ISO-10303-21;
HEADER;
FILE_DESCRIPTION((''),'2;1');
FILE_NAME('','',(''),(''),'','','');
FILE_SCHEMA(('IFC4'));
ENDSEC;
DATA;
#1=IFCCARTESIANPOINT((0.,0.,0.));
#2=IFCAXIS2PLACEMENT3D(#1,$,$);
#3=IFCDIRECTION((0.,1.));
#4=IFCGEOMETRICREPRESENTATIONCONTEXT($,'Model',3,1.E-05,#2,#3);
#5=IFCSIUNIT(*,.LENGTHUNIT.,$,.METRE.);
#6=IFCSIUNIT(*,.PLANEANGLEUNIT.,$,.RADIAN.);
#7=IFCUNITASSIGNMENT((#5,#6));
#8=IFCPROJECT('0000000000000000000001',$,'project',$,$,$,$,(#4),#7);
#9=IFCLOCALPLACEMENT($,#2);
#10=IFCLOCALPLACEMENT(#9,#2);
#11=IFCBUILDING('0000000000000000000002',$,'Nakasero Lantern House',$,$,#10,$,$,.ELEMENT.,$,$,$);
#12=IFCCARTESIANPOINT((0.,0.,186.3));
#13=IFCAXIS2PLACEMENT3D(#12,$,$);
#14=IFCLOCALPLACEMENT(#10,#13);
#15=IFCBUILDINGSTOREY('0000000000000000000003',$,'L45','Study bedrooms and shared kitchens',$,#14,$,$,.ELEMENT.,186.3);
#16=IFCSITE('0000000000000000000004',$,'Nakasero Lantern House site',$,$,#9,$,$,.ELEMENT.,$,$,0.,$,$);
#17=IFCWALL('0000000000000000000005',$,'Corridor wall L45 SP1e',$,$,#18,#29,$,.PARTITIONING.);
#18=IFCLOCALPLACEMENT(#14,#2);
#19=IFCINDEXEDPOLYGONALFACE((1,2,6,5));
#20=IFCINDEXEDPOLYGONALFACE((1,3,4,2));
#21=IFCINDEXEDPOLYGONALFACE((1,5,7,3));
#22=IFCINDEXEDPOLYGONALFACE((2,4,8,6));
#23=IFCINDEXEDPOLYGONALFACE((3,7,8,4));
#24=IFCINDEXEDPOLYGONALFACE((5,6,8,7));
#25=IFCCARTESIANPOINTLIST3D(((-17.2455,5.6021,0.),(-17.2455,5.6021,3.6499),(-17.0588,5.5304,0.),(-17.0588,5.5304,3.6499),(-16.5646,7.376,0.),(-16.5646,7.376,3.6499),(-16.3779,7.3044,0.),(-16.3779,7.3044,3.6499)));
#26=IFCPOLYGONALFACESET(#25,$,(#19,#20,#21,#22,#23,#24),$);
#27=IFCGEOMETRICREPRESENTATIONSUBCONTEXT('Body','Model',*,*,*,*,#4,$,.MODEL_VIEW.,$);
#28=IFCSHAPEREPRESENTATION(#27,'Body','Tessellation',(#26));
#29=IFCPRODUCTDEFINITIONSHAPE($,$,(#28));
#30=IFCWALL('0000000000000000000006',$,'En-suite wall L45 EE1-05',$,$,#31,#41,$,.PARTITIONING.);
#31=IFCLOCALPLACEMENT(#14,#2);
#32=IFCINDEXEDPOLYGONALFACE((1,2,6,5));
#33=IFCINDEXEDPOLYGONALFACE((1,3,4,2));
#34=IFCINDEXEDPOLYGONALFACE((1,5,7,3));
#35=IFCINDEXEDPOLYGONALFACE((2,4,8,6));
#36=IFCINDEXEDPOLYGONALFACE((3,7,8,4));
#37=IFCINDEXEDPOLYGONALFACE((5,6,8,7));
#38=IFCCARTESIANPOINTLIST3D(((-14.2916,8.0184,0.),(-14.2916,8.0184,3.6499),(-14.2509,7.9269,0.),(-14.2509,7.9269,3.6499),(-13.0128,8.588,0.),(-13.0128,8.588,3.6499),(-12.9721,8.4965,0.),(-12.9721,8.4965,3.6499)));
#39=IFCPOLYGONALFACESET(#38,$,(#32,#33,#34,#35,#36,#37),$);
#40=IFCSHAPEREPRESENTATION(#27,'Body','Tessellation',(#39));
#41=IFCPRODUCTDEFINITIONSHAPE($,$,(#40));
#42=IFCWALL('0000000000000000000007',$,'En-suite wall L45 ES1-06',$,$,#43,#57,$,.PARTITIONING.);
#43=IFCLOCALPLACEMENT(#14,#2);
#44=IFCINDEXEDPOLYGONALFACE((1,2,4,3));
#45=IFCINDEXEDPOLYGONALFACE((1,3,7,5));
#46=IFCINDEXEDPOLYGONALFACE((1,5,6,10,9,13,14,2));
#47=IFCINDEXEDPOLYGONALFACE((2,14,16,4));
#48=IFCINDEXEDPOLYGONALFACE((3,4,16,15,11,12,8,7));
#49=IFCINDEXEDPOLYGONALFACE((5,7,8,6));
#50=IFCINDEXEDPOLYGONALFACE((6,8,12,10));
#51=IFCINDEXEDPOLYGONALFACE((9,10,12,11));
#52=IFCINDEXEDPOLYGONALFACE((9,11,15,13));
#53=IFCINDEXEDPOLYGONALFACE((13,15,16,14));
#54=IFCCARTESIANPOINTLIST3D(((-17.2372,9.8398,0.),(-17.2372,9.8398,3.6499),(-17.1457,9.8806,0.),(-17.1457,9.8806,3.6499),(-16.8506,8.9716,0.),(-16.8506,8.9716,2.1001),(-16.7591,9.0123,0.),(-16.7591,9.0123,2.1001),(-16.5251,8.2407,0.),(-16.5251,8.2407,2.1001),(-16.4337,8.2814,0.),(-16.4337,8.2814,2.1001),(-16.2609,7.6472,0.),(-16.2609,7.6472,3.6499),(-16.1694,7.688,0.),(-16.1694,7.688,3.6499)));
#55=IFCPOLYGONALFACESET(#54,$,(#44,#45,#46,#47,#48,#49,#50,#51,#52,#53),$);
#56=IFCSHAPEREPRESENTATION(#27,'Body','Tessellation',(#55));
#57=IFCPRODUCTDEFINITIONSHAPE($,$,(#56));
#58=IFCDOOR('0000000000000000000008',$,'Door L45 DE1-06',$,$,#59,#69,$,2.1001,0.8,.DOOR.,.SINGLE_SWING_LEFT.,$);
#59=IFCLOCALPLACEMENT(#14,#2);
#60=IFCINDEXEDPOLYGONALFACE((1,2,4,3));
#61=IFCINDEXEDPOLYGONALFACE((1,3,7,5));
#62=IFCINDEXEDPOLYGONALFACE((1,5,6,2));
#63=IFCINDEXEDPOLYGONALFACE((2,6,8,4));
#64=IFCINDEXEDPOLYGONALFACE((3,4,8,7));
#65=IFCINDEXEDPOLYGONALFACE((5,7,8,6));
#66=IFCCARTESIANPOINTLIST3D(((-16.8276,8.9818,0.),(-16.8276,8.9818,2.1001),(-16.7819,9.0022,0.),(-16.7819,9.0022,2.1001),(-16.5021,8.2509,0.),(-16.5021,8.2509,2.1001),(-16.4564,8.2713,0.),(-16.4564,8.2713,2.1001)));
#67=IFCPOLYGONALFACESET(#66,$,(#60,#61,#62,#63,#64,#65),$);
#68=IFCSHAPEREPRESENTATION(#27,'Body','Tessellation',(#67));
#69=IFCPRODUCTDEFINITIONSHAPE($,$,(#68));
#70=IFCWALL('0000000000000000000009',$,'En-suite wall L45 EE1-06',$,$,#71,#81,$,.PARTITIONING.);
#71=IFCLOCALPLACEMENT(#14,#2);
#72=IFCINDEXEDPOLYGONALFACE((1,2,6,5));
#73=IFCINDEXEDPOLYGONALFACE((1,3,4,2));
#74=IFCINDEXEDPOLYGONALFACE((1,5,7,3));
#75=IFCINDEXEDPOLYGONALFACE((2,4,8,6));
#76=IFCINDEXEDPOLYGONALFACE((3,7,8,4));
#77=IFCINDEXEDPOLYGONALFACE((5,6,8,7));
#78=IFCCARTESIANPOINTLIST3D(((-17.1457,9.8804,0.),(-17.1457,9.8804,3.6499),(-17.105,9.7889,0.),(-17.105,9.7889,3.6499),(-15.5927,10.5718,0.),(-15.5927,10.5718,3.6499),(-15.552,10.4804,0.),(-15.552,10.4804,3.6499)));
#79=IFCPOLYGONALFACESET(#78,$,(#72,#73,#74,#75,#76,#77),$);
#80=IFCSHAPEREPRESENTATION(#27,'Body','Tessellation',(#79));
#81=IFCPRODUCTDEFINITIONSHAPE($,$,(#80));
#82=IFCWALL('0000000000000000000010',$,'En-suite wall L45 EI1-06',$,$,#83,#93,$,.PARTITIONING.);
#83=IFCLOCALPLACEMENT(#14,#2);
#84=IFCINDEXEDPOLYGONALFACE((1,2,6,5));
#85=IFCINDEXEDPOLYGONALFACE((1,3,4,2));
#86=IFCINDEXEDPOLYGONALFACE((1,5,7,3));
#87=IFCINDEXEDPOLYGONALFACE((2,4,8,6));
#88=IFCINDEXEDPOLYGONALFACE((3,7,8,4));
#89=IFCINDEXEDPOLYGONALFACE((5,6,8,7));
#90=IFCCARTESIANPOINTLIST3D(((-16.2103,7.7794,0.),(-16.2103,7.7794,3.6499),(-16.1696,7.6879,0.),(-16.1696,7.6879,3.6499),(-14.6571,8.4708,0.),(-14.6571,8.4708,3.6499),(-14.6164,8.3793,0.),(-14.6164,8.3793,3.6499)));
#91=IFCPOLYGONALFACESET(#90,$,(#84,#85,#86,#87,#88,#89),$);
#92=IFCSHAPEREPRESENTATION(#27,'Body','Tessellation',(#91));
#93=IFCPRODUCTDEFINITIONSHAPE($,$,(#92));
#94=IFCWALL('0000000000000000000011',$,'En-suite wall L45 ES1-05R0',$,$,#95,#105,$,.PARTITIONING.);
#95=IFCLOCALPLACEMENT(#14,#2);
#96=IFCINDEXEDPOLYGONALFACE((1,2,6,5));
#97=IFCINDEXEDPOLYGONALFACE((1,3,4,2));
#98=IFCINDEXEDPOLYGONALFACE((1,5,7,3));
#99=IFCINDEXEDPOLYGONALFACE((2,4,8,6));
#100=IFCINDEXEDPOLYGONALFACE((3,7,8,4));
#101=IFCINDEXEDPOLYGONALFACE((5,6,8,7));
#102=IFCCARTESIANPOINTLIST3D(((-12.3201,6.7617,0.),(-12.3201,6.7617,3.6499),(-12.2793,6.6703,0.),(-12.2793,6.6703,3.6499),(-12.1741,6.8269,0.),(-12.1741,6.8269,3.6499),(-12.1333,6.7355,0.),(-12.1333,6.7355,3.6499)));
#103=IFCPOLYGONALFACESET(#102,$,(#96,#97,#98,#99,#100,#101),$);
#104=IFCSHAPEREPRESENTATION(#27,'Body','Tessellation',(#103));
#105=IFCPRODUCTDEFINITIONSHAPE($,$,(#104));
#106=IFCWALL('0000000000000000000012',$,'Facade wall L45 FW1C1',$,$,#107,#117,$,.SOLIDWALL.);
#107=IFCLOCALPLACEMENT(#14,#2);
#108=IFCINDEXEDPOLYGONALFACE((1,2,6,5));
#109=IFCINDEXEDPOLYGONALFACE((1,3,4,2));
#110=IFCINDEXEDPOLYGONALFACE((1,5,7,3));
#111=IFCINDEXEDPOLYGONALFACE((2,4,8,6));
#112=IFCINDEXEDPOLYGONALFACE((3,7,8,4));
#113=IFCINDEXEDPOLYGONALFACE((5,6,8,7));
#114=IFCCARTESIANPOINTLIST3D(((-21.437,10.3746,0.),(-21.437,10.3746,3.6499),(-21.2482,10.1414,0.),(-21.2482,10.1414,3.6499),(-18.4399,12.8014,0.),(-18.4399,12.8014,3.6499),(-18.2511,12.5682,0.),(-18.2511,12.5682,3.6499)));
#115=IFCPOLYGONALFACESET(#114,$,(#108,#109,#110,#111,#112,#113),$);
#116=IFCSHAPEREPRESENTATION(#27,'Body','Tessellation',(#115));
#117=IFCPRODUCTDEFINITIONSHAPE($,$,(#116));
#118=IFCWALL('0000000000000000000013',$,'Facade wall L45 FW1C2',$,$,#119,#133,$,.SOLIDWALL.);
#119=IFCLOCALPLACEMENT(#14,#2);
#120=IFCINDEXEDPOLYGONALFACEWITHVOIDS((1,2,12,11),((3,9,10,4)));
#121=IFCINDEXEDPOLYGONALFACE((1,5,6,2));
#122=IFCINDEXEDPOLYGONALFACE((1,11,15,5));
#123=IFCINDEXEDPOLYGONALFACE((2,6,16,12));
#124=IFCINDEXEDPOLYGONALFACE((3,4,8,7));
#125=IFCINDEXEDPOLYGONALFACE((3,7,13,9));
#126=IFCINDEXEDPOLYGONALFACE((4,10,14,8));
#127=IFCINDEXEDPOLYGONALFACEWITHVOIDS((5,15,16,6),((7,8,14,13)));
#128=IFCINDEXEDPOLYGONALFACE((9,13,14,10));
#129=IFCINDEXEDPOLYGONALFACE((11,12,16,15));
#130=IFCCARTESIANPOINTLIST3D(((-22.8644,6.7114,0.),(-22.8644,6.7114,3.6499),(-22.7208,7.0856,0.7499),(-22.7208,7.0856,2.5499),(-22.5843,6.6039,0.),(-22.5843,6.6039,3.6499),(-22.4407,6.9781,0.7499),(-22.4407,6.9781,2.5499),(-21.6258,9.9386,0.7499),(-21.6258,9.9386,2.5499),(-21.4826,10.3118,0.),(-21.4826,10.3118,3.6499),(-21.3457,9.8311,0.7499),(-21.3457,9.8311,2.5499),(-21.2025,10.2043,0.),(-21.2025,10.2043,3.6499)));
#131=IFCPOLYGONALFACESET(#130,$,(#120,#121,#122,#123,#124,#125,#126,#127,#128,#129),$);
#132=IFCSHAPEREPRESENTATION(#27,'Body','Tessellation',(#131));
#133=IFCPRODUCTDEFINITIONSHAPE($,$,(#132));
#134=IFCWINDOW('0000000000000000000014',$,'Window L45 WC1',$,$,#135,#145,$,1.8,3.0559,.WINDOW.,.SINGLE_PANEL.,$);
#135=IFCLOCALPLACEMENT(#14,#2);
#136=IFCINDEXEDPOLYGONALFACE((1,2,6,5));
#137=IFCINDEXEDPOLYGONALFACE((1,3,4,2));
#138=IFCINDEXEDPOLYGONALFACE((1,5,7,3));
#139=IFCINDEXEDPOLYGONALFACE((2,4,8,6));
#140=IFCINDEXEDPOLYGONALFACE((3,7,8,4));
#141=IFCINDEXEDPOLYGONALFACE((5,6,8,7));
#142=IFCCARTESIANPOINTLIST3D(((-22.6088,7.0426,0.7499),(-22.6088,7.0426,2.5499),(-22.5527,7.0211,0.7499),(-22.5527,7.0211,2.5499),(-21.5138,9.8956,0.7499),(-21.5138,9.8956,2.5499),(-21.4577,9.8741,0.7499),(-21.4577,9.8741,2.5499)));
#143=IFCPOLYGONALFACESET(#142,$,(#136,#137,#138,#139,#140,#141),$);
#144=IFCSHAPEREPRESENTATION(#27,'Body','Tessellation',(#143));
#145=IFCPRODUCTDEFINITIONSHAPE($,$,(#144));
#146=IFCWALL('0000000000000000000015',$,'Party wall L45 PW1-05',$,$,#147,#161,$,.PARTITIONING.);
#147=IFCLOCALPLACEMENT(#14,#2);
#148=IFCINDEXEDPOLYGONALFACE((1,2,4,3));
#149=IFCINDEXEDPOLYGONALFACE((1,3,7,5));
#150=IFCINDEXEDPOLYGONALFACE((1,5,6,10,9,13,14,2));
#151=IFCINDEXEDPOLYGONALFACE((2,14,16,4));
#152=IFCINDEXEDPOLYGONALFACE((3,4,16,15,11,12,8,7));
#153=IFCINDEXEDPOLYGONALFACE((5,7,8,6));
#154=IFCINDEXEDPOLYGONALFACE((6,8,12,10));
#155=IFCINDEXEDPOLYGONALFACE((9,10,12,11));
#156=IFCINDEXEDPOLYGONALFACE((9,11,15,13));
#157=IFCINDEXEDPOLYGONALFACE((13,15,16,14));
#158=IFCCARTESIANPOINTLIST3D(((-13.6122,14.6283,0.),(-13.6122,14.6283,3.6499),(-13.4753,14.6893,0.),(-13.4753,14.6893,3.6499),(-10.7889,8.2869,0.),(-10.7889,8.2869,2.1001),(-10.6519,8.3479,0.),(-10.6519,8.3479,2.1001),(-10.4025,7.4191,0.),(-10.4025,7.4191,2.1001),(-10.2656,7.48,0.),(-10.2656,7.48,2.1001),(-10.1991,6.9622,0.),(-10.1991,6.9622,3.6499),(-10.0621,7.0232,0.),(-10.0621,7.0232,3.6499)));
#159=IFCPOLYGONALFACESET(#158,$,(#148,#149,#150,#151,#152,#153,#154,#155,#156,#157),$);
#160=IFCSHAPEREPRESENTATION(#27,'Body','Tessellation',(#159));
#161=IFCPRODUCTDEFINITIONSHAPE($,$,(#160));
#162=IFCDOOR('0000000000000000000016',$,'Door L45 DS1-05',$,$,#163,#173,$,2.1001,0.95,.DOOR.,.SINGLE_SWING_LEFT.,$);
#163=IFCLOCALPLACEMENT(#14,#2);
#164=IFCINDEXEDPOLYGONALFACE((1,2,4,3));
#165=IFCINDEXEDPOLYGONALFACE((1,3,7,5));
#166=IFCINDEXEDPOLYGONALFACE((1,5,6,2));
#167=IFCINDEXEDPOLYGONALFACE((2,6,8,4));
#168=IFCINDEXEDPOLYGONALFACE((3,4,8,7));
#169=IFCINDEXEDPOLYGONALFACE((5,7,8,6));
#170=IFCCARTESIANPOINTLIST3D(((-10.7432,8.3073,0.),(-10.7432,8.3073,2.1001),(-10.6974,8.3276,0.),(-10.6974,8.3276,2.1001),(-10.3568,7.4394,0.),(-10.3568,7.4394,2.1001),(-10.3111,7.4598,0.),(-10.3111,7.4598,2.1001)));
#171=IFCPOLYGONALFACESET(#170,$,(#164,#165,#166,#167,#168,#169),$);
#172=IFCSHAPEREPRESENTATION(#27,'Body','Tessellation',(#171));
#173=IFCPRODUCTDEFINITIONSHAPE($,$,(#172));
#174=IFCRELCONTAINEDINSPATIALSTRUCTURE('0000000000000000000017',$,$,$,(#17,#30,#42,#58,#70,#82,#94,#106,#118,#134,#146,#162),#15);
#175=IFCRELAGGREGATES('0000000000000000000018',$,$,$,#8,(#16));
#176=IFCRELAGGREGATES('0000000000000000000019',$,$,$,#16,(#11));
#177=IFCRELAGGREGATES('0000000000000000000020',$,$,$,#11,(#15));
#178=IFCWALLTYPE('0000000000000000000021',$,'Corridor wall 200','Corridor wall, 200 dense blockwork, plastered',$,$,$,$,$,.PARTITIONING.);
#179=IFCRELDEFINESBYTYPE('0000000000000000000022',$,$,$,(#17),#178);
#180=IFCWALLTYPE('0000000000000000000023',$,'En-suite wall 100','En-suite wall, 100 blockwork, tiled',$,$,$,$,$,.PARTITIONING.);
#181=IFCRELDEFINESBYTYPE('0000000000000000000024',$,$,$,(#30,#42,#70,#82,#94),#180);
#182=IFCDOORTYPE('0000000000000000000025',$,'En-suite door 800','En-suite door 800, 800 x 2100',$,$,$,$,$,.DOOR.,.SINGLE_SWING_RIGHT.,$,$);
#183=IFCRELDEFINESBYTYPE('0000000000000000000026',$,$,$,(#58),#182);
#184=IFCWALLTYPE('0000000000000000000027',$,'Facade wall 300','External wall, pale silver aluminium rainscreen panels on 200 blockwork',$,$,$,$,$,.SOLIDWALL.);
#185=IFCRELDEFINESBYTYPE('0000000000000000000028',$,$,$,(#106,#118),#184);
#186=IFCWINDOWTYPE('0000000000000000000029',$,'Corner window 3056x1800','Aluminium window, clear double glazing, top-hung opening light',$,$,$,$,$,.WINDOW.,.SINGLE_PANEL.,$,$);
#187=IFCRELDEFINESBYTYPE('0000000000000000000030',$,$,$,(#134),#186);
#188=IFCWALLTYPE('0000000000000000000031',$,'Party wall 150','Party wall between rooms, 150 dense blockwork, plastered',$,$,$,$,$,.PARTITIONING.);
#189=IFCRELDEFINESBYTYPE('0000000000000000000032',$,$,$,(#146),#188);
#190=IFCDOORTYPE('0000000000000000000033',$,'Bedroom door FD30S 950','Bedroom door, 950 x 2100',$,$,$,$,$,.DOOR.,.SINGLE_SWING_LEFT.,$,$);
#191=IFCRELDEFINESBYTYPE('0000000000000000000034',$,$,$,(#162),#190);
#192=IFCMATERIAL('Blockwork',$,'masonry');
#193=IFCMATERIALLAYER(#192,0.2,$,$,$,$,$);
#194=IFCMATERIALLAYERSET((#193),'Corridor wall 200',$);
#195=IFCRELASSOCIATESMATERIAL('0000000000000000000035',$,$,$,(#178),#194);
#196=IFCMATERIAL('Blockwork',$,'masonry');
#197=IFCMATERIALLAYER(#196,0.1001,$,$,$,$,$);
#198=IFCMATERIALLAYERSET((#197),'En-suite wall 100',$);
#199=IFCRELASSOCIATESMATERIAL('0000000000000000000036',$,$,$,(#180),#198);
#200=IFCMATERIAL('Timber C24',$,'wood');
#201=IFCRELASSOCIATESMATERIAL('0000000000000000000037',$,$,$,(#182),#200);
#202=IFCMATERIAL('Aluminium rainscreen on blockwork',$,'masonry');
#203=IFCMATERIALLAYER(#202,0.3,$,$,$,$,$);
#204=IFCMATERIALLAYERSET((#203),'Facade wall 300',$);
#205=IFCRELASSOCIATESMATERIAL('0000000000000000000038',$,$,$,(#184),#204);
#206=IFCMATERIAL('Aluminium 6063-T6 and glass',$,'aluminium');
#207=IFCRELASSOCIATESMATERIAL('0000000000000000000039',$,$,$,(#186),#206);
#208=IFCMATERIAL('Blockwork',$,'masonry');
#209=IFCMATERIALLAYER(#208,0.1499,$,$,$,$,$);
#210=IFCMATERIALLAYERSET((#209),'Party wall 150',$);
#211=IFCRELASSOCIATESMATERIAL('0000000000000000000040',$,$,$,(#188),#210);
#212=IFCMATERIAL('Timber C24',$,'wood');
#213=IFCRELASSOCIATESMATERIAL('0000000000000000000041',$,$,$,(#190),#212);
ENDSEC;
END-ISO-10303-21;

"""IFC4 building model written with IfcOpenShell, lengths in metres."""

from ifc_helpers import new_model, si_unit, direction, frame, frame_2d, origin, place, context, subcontext, project, spatial, rectangle, extrude, material, layer, layer_set, type_object, element, fill, save


model = new_model("IFC4")

# Units and contexts
model_context = context("Model", 3, precision=1e-05, world=origin(), true_north=direction((0.0, 1.0)))
body_context = subcontext(model_context, "Body", "Model", "MODEL_VIEW")
ifc_project = project(units=[si_unit("LENGTHUNIT", "METRE"), si_unit("PLANEANGLEUNIT", "RADIAN")], contexts=[model_context])

# Site, building, storey
site_placement = place(None, origin())
site = spatial("IfcSite", under=ifc_project, at=site_placement, Name="Nakasero Lantern House site", CompositionType="ELEMENT", RefElevation=0.0)
building_placement = place(site_placement, origin())
building = spatial("IfcBuilding", under=site, at=building_placement, Name="Nakasero Lantern House", CompositionType="ELEMENT")
storey_placement = place(building_placement, frame((0.0, 0.0, 186.3)))
storey = spatial("IfcBuildingStorey", under=building, at=storey_placement, Name="L45", Description="Study bedrooms and shared kitchens", CompositionType="ELEMENT", Elevation=186.3)

# Shared definitions
ifc_material_1 = material(Name="Blockwork", Category="masonry")
ifc_layer_1 = layer(ifc_material_1, 0.2)
ifc_layer_set_1 = layer_set([ifc_layer_1], Name="Corridor wall 200")
wall_type_1 = type_object("IfcWallType", Name="Corridor wall 200", Description="Corridor wall, 200 dense blockwork, plastered", PredefinedType="PARTITIONING", material=ifc_layer_set_1)

# Walls
wall_1_placement = place(storey_placement, frame((-16.4712, 7.3403, 0.0), z_axis=(0.0, 0.0, 1.0), x_axis=(-0.35835, -0.933587, 0.0)))
element("IfcWall", 1, at=wall_1_placement, inside=storey, type_object=wall_type_1, Name="Corridor wall L45 SP1e", PredefinedType="PARTITIONING", context=body_context, shape_type="SweptSolid", body=[
    extrude(rectangle(XDim=1.9001, YDim=0.2, at=frame_2d((0.9502, 0.0))), origin(), (0.0, 0.0, 1.0), 3.6499),
])
ifc_material_2 = material(Name="Blockwork", Category="masonry")
ifc_layer_2 = layer(ifc_material_2, 0.1001)
ifc_layer_set_2 = layer_set([ifc_layer_2], Name="En-suite wall 100")
wall_type_2 = type_object("IfcWallType", Name="En-suite wall 100", Description="En-suite wall, 100 blockwork, tiled", PredefinedType="PARTITIONING", material=ifc_layer_set_2)
wall_2_placement = place(storey_placement, frame((-12.9924, 8.5422, 0.0), z_axis=(0.0, 0.0, 1.0), x_axis=(-0.913488, -0.406866, 0.0)))
element("IfcWall", 2, at=wall_2_placement, inside=storey, type_object=wall_type_2, Name="En-suite wall L45 EE1-05", PredefinedType="PARTITIONING", context=body_context, shape_type="SweptSolid", body=[
    extrude(rectangle(XDim=1.3999, YDim=0.1001, at=frame_2d((0.7, 0.0))), origin(), (0.0, 0.0, 1.0), 3.6499),
])

# Wall, opening, door
wall_3_placement = place(storey_placement, frame((-16.2151, 7.6675, 0.0), z_axis=(0.0, 0.0, 1.0), x_axis=(-0.406771, 0.91353, 0.0)))
wall_3 = element("IfcWall", 3, at=wall_3_placement, inside=storey, type_object=wall_type_2, Name="En-suite wall L45 ES1-06", PredefinedType="PARTITIONING", context=body_context, shape_type="SweptSolid", body=[
    extrude(rectangle(XDim=2.4001, YDim=0.1001, at=frame_2d((1.2002, 0.0))), origin(), (0.0, 0.0, 1.0), 3.6499),
])
opening_1_placement = place(wall_3_placement, frame((0.6499, 0.0, 0.0)))
opening_1 = element("IfcOpeningElement", 4, at=opening_1_placement, cuts=wall_3, PredefinedType="OPENING", context=body_context, shape_type="SweptSolid", body=[
    extrude(rectangle(XDim=0.8, YDim=2.1001, at=frame_2d((0.3999, 1.05))), frame((0.0, 0.0701, 0.0), z_axis=(0.0, -1.0, 0.0), x_axis=(1.0, 0.0, 0.0)), (0.0, 0.0, 1.0), 0.1401),
])
ifc_material_3 = material(Name="Timber C24", Category="wood")
door_type_1 = type_object("IfcDoorType", Name="En-suite door 800", Description="En-suite door 800, 800 x 2100", OperationType="SINGLE_SWING_RIGHT", PredefinedType="DOOR", material=ifc_material_3)
door_1_placement = place(opening_1_placement, origin())
door_1 = element("IfcDoor", 5, at=door_1_placement, inside=storey, type_object=door_type_1, Name="Door L45 DE1-06", OperationType="SINGLE_SWING_LEFT", OverallHeight=2.1001, OverallWidth=0.8, PredefinedType="DOOR", context=body_context, shape_type="SweptSolid", body=[
    extrude(rectangle(XDim=0.8, YDim=2.1001, at=frame_2d((0.3999, 1.05))), frame((0.0, 0.0249, 0.0), z_axis=(0.0, -1.0, 0.0), x_axis=(1.0, 0.0, 0.0)), (0.0, 0.0, 1.0), 0.05),
])
fill(opening_1, door_1)

# Walls
wall_4_placement = place(storey_placement, frame((-15.5723, 10.5261, 0.0), z_axis=(0.0, 0.0, 1.0), x_axis=(-0.913551, -0.406725, 0.0)))
element("IfcWall", 6, at=wall_4_placement, inside=storey, type_object=wall_type_2, Name="En-suite wall L45 EE1-06", PredefinedType="PARTITIONING", context=body_context, shape_type="SweptSolid", body=[
    extrude(rectangle(XDim=1.7, YDim=0.1001, at=frame_2d((0.8501, 0.0))), origin(), (0.0, 0.0, 1.0), 3.6499),
])
wall_5_placement = place(storey_placement, frame((-14.6367, 8.425, 0.0), z_axis=(0.0, 0.0, 1.0), x_axis=(-0.913575, -0.406671, 0.0)))
element("IfcWall", 7, at=wall_5_placement, inside=storey, type_object=wall_type_2, Name="En-suite wall L45 EI1-06", PredefinedType="PARTITIONING", context=body_context, shape_type="SweptSolid", body=[
    extrude(rectangle(XDim=1.7002, YDim=0.1001, at=frame_2d((0.8501, 0.0))), origin(), (0.0, 0.0, 1.0), 3.6499),
])
wall_6_placement = place(storey_placement, frame((-12.1536, 6.7812, 0.0), z_axis=(0.0, 0.0, 1.0), x_axis=(-0.913118, -0.407696, 0.0)))
element("IfcWall", 8, at=wall_6_placement, inside=storey, type_object=wall_type_2, Name="En-suite wall L45 ES1-05R0", PredefinedType="PARTITIONING", context=body_context, shape_type="SweptSolid", body=[
    extrude(rectangle(XDim=0.1599, YDim=0.1001, at=frame_2d((0.0801, 0.0))), origin(), (0.0, 0.0, 1.0), 3.6499),
])
ifc_material_4 = material(Name="Aluminium rainscreen on blockwork", Category="masonry")
ifc_layer_3 = layer(ifc_material_4, 0.3)
ifc_layer_set_3 = layer_set([ifc_layer_3], Name="Facade wall 300")
wall_type_3 = type_object("IfcWallType", Name="Facade wall 300", Description="External wall, pale silver aluminium rainscreen panels on 200 blockwork", PredefinedType="SOLIDWALL", material=ifc_layer_set_3)
wall_7_placement = place(storey_placement, frame((-18.3455, 12.6848, 0.0), z_axis=(0.0, 0.0, 1.0), x_axis=(-0.777174, -0.629286, 0.0)))
element("IfcWall", 9, at=wall_7_placement, inside=storey, type_object=wall_type_3, Name="Facade wall L45 FW1C1", PredefinedType="SOLIDWALL", context=body_context, shape_type="SweptSolid", body=[
    extrude(rectangle(XDim=3.8564, YDim=0.3, at=frame_2d((1.9282, 0.0))), origin(), (0.0, 0.0, 1.0), 3.6499),
])

# Wall, opening, window
wall_8_placement = place(storey_placement, frame((-21.3425, 10.2581, 0.0), z_axis=(0.0, 0.0, 1.0), x_axis=(-0.358321, -0.933598, 0.0)))
wall_8 = element("IfcWall", 10, at=wall_8_placement, inside=storey, type_object=wall_type_3, Name="Facade wall L45 FW1C2", PredefinedType="SOLIDWALL", context=body_context, shape_type="SweptSolid", body=[
    extrude(rectangle(XDim=3.8564, YDim=0.3, at=frame_2d((1.9282, 0.0))), origin(), (0.0, 0.0, 1.0), 3.6499),
])
opening_2_placement = place(wall_8_placement, frame((0.3999, 0.0, 0.75)))
opening_2 = element("IfcOpeningElement", 11, at=opening_2_placement, cuts=wall_8, PredefinedType="OPENING", context=body_context, shape_type="SweptSolid", body=[
    extrude(rectangle(XDim=3.0559, YDim=1.8, at=frame_2d((1.5278, 0.8999))), frame((0.0, 0.1699, 0.0), z_axis=(0.0, -1.0, 0.0), x_axis=(1.0, 0.0, 0.0)), (0.0, 0.0, 1.0), 0.3401),
])
ifc_material_5 = material(Name="Aluminium 6063-T6 and glass", Category="aluminium")
window_type = type_object("IfcWindowType", Name="Corner window 3056x1800", Description="Aluminium window, clear double glazing, top-hung opening light", PartitioningType="SINGLE_PANEL", PredefinedType="WINDOW", material=ifc_material_5)
window_placement = place(opening_2_placement, origin())
window = element("IfcWindow", 12, at=window_placement, inside=storey, type_object=window_type, Name="Window L45 WC1", OverallHeight=1.8, OverallWidth=3.0559, PartitioningType="SINGLE_PANEL", PredefinedType="WINDOW", context=body_context, shape_type="SweptSolid", body=[
    extrude(rectangle(XDim=3.0559, YDim=1.8, at=frame_2d((1.5278, 0.8999))), frame((0.0, 0.03, 0.0), z_axis=(0.0, -1.0, 0.0), x_axis=(1.0, 0.0, 0.0)), (0.0, 0.0, 1.0), 0.0601),
])
fill(opening_2, window)

# Wall, opening, door
ifc_material_6 = material(Name="Blockwork", Category="masonry")
ifc_layer_4 = layer(ifc_material_6, 0.1499)
ifc_layer_set_4 = layer_set([ifc_layer_4], Name="Party wall 150")
wall_type_4 = type_object("IfcWallType", Name="Party wall 150", Description="Party wall between rooms, 150 dense blockwork, plastered", PredefinedType="PARTITIONING", material=ifc_layer_set_4)
wall_9_placement = place(storey_placement, frame((-10.1306, 6.9927, 0.0), z_axis=(0.0, 0.0, 1.0), x_axis=(-0.406732, 0.913547, 0.0)))
wall_9 = element("IfcWall", 13, at=wall_9_placement, inside=storey, type_object=wall_type_4, Name="Party wall L45 PW1-05", PredefinedType="PARTITIONING", context=body_context, shape_type="SweptSolid", body=[
    extrude(rectangle(XDim=8.3916, YDim=0.1499, at=frame_2d((4.1958, 0.0))), origin(), (0.0, 0.0, 1.0), 3.6499),
])
opening_3_placement = place(wall_9_placement, frame((0.5, 0.0, 0.0)))
opening_3 = element("IfcOpeningElement", 14, at=opening_3_placement, cuts=wall_9, PredefinedType="OPENING", context=body_context, shape_type="SweptSolid", body=[
    extrude(rectangle(XDim=0.95, YDim=2.1001, at=frame_2d((0.4751, 1.05))), frame((0.0, 0.095, 0.0), z_axis=(0.0, -1.0, 0.0), x_axis=(1.0, 0.0, 0.0)), (0.0, 0.0, 1.0), 0.1899),
])
ifc_material_7 = material(Name="Timber C24", Category="wood")
door_type_2 = type_object("IfcDoorType", Name="Bedroom door FD30S 950", Description="Bedroom door, 950 x 2100", OperationType="SINGLE_SWING_LEFT", PredefinedType="DOOR", material=ifc_material_7)
door_2_placement = place(opening_3_placement, origin())
door_2 = element("IfcDoor", 15, at=door_2_placement, inside=storey, type_object=door_type_2, Name="Door L45 DS1-05", OperationType="SINGLE_SWING_LEFT", OverallHeight=2.1001, OverallWidth=0.95, PredefinedType="DOOR", context=body_context, shape_type="SweptSolid", body=[
    extrude(rectangle(XDim=0.95, YDim=2.1001, at=frame_2d((0.4751, 1.05))), frame((0.0, 0.0249, 0.0), z_axis=(0.0, -1.0, 0.0), x_axis=(1.0, 0.0, 0.0)), (0.0, 0.0, 1.0), 0.05),
])
fill(opening_3, door_2)

save(model, "model.ifc")
